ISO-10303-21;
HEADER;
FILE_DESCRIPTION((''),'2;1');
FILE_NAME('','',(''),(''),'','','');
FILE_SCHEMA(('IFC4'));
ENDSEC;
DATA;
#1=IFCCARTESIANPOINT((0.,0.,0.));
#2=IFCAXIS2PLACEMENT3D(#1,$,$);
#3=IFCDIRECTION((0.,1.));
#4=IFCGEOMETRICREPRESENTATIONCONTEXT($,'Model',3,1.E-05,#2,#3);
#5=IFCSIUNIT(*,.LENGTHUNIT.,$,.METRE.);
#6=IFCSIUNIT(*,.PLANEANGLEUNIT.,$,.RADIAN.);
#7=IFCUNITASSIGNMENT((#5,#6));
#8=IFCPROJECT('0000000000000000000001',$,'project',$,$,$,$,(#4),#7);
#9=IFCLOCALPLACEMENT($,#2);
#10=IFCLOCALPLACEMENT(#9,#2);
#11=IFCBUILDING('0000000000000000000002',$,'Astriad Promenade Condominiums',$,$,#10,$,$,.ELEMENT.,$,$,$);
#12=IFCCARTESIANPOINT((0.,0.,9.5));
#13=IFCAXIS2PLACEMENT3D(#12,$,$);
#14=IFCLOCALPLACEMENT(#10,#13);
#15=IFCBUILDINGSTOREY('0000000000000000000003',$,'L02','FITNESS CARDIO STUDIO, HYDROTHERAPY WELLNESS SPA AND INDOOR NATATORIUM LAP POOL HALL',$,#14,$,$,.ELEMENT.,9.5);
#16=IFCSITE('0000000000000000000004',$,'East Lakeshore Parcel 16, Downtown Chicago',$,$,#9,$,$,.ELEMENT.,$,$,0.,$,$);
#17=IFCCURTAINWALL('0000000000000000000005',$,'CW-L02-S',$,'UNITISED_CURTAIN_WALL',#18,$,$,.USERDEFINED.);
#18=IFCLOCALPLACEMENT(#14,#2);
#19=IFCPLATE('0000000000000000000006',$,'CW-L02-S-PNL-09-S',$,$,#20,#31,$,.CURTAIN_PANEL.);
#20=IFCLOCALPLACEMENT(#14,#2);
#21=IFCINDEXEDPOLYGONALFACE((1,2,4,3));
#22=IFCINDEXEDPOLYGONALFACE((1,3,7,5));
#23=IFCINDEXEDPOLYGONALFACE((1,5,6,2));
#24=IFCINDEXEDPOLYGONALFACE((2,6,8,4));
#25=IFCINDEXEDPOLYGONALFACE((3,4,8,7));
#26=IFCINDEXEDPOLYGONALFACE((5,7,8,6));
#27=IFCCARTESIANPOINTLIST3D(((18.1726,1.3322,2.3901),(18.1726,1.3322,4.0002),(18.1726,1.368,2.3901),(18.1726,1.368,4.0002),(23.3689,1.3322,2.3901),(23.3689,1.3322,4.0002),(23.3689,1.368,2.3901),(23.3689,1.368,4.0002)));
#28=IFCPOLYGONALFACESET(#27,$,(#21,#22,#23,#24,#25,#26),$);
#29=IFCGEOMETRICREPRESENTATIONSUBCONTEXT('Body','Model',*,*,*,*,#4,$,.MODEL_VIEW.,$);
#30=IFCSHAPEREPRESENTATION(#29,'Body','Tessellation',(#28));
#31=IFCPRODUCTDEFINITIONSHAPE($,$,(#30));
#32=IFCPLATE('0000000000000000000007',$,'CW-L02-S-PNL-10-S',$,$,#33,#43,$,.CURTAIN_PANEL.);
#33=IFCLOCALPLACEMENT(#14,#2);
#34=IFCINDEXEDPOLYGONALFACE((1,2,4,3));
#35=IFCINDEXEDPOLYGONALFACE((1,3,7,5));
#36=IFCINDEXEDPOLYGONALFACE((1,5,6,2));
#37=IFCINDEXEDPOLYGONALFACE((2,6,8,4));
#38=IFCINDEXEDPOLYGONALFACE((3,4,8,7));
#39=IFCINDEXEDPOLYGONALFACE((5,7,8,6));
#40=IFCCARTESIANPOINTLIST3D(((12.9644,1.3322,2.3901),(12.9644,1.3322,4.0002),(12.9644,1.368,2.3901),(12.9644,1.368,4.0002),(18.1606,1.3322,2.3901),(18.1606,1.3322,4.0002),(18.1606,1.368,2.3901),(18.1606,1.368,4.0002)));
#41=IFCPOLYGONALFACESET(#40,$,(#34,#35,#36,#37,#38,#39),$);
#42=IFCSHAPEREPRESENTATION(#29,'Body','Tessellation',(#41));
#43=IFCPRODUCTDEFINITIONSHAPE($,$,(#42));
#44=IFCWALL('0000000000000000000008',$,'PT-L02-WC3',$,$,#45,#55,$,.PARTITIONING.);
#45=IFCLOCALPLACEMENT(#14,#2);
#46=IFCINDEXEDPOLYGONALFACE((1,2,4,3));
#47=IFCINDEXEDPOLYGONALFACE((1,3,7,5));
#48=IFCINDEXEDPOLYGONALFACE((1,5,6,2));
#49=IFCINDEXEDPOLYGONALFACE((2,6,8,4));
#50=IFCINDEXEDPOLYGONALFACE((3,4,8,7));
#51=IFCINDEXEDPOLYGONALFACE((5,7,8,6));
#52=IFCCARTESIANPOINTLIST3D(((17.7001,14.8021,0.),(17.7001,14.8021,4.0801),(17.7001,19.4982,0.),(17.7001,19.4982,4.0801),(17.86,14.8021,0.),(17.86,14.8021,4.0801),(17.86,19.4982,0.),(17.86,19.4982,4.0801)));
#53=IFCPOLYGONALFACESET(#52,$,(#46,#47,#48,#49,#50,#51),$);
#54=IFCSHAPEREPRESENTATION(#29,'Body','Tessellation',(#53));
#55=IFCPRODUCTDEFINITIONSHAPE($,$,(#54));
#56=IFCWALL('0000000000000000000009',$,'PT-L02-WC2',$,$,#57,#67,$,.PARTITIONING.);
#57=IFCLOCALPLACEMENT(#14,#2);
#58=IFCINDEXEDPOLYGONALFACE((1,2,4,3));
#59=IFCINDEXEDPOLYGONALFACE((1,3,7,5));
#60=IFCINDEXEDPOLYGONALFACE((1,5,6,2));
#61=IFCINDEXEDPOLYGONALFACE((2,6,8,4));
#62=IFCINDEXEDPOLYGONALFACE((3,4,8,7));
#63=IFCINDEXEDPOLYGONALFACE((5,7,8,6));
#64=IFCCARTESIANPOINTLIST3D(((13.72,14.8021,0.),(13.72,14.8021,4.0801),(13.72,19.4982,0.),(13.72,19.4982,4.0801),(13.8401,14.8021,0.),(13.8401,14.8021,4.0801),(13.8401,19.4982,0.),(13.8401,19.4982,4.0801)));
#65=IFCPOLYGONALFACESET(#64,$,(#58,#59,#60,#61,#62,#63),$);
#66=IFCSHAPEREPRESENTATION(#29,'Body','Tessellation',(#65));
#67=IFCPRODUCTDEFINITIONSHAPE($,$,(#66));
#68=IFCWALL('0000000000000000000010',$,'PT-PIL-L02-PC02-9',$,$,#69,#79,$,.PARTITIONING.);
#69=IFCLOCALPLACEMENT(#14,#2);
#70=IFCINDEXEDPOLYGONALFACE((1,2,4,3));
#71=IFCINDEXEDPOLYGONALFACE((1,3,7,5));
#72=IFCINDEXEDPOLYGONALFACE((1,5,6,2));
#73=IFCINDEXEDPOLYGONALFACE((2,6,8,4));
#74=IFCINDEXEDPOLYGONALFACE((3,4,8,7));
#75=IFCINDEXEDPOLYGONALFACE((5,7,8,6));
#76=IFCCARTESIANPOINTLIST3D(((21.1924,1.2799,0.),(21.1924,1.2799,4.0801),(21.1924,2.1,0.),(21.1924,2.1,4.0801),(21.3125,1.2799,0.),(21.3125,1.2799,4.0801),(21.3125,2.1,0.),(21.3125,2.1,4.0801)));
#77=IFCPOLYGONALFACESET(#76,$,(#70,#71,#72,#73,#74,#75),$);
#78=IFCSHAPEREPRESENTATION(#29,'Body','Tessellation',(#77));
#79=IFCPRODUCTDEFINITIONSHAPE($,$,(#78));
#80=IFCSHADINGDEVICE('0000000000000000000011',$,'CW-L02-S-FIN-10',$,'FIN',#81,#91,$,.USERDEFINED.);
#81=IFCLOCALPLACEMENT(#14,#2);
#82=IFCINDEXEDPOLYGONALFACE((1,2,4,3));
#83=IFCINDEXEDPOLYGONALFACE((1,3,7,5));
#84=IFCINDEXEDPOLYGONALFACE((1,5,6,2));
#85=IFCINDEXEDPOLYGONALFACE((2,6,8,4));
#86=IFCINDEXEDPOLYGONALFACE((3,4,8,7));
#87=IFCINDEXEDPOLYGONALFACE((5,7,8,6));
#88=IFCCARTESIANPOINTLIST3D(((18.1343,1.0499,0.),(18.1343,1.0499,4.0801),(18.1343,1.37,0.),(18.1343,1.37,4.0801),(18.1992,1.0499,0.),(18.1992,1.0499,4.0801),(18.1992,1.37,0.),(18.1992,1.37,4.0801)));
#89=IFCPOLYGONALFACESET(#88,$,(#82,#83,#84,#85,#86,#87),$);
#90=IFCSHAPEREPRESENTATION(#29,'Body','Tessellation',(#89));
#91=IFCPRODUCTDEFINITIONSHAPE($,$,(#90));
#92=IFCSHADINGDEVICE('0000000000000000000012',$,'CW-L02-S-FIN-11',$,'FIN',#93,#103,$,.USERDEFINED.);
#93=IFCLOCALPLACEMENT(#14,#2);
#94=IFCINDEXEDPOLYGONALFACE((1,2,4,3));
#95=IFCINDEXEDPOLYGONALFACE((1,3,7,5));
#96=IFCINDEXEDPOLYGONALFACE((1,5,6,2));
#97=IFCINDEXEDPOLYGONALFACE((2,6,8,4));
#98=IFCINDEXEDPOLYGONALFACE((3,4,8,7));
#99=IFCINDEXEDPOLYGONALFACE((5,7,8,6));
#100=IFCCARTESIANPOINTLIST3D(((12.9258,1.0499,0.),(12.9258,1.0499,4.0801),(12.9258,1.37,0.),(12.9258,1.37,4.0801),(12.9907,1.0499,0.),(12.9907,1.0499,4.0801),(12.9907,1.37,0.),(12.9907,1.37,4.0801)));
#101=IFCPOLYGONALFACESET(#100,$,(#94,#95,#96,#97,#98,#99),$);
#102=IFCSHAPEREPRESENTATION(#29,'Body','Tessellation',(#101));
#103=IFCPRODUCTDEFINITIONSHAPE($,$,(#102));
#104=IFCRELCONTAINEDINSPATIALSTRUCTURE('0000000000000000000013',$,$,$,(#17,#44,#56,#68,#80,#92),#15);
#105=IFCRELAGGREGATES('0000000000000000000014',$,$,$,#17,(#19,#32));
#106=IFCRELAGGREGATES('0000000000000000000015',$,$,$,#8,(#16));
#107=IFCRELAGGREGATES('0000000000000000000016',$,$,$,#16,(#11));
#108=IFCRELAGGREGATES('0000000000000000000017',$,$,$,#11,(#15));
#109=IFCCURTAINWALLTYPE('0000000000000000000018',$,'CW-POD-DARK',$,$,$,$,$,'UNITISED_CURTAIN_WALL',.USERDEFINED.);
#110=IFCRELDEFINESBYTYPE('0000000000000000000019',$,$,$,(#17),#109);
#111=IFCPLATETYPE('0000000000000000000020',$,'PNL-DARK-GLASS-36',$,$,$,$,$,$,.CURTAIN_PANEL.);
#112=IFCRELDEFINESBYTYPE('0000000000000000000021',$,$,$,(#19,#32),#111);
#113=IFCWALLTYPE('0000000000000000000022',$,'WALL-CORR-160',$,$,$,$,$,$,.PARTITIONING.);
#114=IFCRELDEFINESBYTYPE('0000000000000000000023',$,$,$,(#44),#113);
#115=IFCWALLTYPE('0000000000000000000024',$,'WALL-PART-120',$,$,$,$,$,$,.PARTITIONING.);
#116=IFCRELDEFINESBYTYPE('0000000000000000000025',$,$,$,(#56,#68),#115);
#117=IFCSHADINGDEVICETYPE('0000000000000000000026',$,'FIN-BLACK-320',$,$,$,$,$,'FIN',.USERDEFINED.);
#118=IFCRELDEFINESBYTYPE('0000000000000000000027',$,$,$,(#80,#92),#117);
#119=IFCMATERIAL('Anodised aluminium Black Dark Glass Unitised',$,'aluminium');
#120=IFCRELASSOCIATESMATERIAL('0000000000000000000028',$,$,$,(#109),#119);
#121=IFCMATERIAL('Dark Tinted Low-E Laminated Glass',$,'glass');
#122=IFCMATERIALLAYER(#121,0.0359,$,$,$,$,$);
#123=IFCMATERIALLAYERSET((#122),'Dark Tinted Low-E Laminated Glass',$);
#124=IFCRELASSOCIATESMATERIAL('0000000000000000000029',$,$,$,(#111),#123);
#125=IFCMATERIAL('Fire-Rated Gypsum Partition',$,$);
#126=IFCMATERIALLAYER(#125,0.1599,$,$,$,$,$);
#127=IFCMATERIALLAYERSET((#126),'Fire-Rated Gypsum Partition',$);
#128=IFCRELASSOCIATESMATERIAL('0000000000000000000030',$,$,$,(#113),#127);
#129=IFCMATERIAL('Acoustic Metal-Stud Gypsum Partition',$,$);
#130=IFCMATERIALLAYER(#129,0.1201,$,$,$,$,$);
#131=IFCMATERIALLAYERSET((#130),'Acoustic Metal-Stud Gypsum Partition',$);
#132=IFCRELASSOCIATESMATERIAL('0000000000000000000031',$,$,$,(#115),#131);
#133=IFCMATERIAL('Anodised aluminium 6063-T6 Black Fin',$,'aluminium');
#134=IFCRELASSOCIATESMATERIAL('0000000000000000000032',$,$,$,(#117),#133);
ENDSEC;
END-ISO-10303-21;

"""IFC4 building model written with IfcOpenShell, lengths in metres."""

from ifc_helpers import new_model, si_unit, direction, frame, frame_2d, origin, origin_2d, place, context, subcontext, project, spatial, rectangle, extrude, source, transform, mapped, material, layer, layer_set, type_object, type_shapes, element, aggregate, save


model = new_model("IFC4")

# Units and contexts
model_context = context("Model", 3, precision=1e-05, world=origin(), true_north=direction((0.0, 1.0)))
body_context = subcontext(model_context, "Body", "Model", "MODEL_VIEW")
ifc_project = project(units=[si_unit("LENGTHUNIT", "METRE"), si_unit("PLANEANGLEUNIT", "RADIAN")], contexts=[model_context])

# Site, building, storey
site_placement = place(None, origin())
site = spatial("IfcSite", under=ifc_project, at=site_placement, Name="East Lakeshore Parcel 16, Downtown Chicago", CompositionType="ELEMENT", RefElevation=0.0)
building_placement = place(site_placement, origin())
building = spatial("IfcBuilding", under=site, at=building_placement, Name="Astriad Promenade Condominiums", CompositionType="ELEMENT")
storey_placement = place(building_placement, frame((0.0, 0.0, 9.5)))
storey = spatial("IfcBuildingStorey", under=building, at=storey_placement, Name="L02", Description="FITNESS CARDIO STUDIO, HYDROTHERAPY WELLNESS SPA AND INDOOR NATATORIUM LAP POOL HALL", CompositionType="ELEMENT", Elevation=9.5)

# Curtain wall
ifc_material_1 = material(Name="Anodised aluminium Black Dark Glass Unitised", Category="aluminium")
curtain_wall_type = type_object("IfcCurtainWallType", Name="CW-POD-DARK", ElementType="UNITISED_CURTAIN_WALL", PredefinedType="USERDEFINED", material=ifc_material_1)
curtain_wall_placement = place(storey_placement, origin())
curtain_wall = element("IfcCurtainWall", 1, at=curtain_wall_placement, inside=storey, type_object=curtain_wall_type, Name="CW-L02-S", ObjectType="UNITISED_CURTAIN_WALL", PredefinedType="USERDEFINED")

# Plates
ifc_material_2 = material(Name="Dark Tinted Low-E Laminated Glass", Category="glass")
ifc_layer_1 = layer(ifc_material_2, 0.0359)
ifc_layer_set_1 = layer_set([ifc_layer_1], Name="Dark Tinted Low-E Laminated Glass")
plate_type_1 = type_object("IfcPlateType", Name="PNL-DARK-GLASS-36", PredefinedType="CURTAIN_PANEL", material=ifc_layer_set_1)
shared_shape_1 = source(origin(), body_context, "Body", "SweptSolid", [
    extrude(rectangle(XDim=5.1963, YDim=0.0359, at=origin_2d()), origin(), (0.0, 0.0, 1.0), 1.6101),
])
plate_1_placement = place(storey_placement, frame((20.7708, 1.3501, 2.3901), z_axis=(0.0, 0.0, 1.0), x_axis=(-1.0, 0.0, 0.0)))
plate_1 = element("IfcPlate", 2, at=plate_1_placement, type_object=plate_type_1, Name="CW-L02-S-PNL-09-S", PredefinedType="CURTAIN_PANEL", context=body_context, shape_type="MappedRepresentation", body=[
    mapped(shared_shape_1, transform((0.0, 0.0, 0.0), scale=1.0)),
])
plate_2_placement = place(storey_placement, frame((15.5625, 1.3501, 2.3901), z_axis=(0.0, 0.0, 1.0), x_axis=(-1.0, 0.0, 0.0)))
plate_2 = element("IfcPlate", 3, at=plate_2_placement, type_object=plate_type_1, Name="CW-L02-S-PNL-10-S", PredefinedType="CURTAIN_PANEL", context=body_context, shape_type="MappedRepresentation", body=[
    mapped(shared_shape_1, transform((0.0, 0.0, 0.0), scale=1.0)),
])
aggregate(curtain_wall, [plate_1, plate_2])

# Walls
ifc_material_3 = material(Name="Fire-Rated Gypsum Partition")
ifc_layer_2 = layer(ifc_material_3, 0.1599)
ifc_layer_set_2 = layer_set([ifc_layer_2], Name="Fire-Rated Gypsum Partition")
wall_type_1 = type_object("IfcWallType", Name="WALL-CORR-160", PredefinedType="PARTITIONING", material=ifc_layer_set_2)
wall_1_placement = place(storey_placement, frame((17.78, 14.802, 0.0), z_axis=(0.0, 0.0, 1.0), x_axis=(0.0, 1.0, 0.0)))
element("IfcWall", 4, at=wall_1_placement, inside=storey, type_object=wall_type_1, Name="PT-L02-WC3", PredefinedType="PARTITIONING", context=body_context, shape_type="SweptSolid", body=[
    extrude(rectangle(XDim=4.696, YDim=0.1599, at=frame_2d((2.3481, 0.0))), origin(), (0.0, 0.0, 1.0), 4.0801),
])
ifc_material_4 = material(Name="Acoustic Metal-Stud Gypsum Partition")
ifc_layer_3 = layer(ifc_material_4, 0.1201)
ifc_layer_set_3 = layer_set([ifc_layer_3], Name="Acoustic Metal-Stud Gypsum Partition")
wall_type_2 = type_object("IfcWallType", Name="WALL-PART-120", PredefinedType="PARTITIONING", material=ifc_layer_set_3)
wall_2_placement = place(storey_placement, frame((13.78, 14.802, 0.0), z_axis=(0.0, 0.0, 1.0), x_axis=(0.0, 1.0, 0.0)))
element("IfcWall", 5, at=wall_2_placement, inside=storey, type_object=wall_type_2, Name="PT-L02-WC2", PredefinedType="PARTITIONING", context=body_context, shape_type="SweptSolid", body=[
    extrude(rectangle(XDim=4.696, YDim=0.1201, at=frame_2d((2.3481, 0.0))), origin(), (0.0, 0.0, 1.0), 4.0801),
])
wall_3_placement = place(storey_placement, frame((21.2524, 2.1001, 0.0), z_axis=(0.0, 0.0, 1.0), x_axis=(0.0, -1.0, 0.0)))
element("IfcWall", 6, at=wall_3_placement, inside=storey, type_object=wall_type_2, Name="PT-PIL-L02-PC02-9", PredefinedType="PARTITIONING", context=body_context, shape_type="SweptSolid", body=[
    extrude(rectangle(XDim=0.8201, YDim=0.1201, at=frame_2d((0.4102, 0.0))), origin(), (0.0, 0.0, 1.0), 4.0801),
])

# Shading devices
ifc_material_5 = material(Name="Anodised aluminium 6063-T6 Black Fin", Category="aluminium")
shading_device_type = type_object("IfcShadingDeviceType", Name="FIN-BLACK-320", ElementType="FIN", PredefinedType="USERDEFINED", material=ifc_material_5)
shared_shape_2 = source(origin(), body_context, "Body", "SweptSolid", [
    extrude(rectangle(XDim=0.0649, YDim=0.3201, at=origin_2d()), origin(), (0.0, 0.0, 1.0), 4.0801),
])
type_shapes(shading_device_type, [shared_shape_2])
for number, where, z_axis, x_axis, name in (
    (7, (18.1667, 1.21, 0.0), (0.0, 0.0, 1.0), (-1.0, 0.0, 0.0), "CW-L02-S-FIN-10"),
    (8, (12.9583, 1.21, 0.0), (0.0, 0.0, 1.0), (-1.0, 0.0, 0.0), "CW-L02-S-FIN-11"),
):
    element("IfcShadingDevice", number, at=place(storey_placement, frame(where, z_axis=z_axis, x_axis=x_axis)), inside=storey, type_object=shading_device_type, Name=name, ObjectType="FIN", PredefinedType="USERDEFINED", context=body_context, shape_type="MappedRepresentation", body=[
        mapped(shared_shape_2, transform((0.0, 0.0, 0.0), scale=1.0)),
    ])

save(model, "model.ifc")
